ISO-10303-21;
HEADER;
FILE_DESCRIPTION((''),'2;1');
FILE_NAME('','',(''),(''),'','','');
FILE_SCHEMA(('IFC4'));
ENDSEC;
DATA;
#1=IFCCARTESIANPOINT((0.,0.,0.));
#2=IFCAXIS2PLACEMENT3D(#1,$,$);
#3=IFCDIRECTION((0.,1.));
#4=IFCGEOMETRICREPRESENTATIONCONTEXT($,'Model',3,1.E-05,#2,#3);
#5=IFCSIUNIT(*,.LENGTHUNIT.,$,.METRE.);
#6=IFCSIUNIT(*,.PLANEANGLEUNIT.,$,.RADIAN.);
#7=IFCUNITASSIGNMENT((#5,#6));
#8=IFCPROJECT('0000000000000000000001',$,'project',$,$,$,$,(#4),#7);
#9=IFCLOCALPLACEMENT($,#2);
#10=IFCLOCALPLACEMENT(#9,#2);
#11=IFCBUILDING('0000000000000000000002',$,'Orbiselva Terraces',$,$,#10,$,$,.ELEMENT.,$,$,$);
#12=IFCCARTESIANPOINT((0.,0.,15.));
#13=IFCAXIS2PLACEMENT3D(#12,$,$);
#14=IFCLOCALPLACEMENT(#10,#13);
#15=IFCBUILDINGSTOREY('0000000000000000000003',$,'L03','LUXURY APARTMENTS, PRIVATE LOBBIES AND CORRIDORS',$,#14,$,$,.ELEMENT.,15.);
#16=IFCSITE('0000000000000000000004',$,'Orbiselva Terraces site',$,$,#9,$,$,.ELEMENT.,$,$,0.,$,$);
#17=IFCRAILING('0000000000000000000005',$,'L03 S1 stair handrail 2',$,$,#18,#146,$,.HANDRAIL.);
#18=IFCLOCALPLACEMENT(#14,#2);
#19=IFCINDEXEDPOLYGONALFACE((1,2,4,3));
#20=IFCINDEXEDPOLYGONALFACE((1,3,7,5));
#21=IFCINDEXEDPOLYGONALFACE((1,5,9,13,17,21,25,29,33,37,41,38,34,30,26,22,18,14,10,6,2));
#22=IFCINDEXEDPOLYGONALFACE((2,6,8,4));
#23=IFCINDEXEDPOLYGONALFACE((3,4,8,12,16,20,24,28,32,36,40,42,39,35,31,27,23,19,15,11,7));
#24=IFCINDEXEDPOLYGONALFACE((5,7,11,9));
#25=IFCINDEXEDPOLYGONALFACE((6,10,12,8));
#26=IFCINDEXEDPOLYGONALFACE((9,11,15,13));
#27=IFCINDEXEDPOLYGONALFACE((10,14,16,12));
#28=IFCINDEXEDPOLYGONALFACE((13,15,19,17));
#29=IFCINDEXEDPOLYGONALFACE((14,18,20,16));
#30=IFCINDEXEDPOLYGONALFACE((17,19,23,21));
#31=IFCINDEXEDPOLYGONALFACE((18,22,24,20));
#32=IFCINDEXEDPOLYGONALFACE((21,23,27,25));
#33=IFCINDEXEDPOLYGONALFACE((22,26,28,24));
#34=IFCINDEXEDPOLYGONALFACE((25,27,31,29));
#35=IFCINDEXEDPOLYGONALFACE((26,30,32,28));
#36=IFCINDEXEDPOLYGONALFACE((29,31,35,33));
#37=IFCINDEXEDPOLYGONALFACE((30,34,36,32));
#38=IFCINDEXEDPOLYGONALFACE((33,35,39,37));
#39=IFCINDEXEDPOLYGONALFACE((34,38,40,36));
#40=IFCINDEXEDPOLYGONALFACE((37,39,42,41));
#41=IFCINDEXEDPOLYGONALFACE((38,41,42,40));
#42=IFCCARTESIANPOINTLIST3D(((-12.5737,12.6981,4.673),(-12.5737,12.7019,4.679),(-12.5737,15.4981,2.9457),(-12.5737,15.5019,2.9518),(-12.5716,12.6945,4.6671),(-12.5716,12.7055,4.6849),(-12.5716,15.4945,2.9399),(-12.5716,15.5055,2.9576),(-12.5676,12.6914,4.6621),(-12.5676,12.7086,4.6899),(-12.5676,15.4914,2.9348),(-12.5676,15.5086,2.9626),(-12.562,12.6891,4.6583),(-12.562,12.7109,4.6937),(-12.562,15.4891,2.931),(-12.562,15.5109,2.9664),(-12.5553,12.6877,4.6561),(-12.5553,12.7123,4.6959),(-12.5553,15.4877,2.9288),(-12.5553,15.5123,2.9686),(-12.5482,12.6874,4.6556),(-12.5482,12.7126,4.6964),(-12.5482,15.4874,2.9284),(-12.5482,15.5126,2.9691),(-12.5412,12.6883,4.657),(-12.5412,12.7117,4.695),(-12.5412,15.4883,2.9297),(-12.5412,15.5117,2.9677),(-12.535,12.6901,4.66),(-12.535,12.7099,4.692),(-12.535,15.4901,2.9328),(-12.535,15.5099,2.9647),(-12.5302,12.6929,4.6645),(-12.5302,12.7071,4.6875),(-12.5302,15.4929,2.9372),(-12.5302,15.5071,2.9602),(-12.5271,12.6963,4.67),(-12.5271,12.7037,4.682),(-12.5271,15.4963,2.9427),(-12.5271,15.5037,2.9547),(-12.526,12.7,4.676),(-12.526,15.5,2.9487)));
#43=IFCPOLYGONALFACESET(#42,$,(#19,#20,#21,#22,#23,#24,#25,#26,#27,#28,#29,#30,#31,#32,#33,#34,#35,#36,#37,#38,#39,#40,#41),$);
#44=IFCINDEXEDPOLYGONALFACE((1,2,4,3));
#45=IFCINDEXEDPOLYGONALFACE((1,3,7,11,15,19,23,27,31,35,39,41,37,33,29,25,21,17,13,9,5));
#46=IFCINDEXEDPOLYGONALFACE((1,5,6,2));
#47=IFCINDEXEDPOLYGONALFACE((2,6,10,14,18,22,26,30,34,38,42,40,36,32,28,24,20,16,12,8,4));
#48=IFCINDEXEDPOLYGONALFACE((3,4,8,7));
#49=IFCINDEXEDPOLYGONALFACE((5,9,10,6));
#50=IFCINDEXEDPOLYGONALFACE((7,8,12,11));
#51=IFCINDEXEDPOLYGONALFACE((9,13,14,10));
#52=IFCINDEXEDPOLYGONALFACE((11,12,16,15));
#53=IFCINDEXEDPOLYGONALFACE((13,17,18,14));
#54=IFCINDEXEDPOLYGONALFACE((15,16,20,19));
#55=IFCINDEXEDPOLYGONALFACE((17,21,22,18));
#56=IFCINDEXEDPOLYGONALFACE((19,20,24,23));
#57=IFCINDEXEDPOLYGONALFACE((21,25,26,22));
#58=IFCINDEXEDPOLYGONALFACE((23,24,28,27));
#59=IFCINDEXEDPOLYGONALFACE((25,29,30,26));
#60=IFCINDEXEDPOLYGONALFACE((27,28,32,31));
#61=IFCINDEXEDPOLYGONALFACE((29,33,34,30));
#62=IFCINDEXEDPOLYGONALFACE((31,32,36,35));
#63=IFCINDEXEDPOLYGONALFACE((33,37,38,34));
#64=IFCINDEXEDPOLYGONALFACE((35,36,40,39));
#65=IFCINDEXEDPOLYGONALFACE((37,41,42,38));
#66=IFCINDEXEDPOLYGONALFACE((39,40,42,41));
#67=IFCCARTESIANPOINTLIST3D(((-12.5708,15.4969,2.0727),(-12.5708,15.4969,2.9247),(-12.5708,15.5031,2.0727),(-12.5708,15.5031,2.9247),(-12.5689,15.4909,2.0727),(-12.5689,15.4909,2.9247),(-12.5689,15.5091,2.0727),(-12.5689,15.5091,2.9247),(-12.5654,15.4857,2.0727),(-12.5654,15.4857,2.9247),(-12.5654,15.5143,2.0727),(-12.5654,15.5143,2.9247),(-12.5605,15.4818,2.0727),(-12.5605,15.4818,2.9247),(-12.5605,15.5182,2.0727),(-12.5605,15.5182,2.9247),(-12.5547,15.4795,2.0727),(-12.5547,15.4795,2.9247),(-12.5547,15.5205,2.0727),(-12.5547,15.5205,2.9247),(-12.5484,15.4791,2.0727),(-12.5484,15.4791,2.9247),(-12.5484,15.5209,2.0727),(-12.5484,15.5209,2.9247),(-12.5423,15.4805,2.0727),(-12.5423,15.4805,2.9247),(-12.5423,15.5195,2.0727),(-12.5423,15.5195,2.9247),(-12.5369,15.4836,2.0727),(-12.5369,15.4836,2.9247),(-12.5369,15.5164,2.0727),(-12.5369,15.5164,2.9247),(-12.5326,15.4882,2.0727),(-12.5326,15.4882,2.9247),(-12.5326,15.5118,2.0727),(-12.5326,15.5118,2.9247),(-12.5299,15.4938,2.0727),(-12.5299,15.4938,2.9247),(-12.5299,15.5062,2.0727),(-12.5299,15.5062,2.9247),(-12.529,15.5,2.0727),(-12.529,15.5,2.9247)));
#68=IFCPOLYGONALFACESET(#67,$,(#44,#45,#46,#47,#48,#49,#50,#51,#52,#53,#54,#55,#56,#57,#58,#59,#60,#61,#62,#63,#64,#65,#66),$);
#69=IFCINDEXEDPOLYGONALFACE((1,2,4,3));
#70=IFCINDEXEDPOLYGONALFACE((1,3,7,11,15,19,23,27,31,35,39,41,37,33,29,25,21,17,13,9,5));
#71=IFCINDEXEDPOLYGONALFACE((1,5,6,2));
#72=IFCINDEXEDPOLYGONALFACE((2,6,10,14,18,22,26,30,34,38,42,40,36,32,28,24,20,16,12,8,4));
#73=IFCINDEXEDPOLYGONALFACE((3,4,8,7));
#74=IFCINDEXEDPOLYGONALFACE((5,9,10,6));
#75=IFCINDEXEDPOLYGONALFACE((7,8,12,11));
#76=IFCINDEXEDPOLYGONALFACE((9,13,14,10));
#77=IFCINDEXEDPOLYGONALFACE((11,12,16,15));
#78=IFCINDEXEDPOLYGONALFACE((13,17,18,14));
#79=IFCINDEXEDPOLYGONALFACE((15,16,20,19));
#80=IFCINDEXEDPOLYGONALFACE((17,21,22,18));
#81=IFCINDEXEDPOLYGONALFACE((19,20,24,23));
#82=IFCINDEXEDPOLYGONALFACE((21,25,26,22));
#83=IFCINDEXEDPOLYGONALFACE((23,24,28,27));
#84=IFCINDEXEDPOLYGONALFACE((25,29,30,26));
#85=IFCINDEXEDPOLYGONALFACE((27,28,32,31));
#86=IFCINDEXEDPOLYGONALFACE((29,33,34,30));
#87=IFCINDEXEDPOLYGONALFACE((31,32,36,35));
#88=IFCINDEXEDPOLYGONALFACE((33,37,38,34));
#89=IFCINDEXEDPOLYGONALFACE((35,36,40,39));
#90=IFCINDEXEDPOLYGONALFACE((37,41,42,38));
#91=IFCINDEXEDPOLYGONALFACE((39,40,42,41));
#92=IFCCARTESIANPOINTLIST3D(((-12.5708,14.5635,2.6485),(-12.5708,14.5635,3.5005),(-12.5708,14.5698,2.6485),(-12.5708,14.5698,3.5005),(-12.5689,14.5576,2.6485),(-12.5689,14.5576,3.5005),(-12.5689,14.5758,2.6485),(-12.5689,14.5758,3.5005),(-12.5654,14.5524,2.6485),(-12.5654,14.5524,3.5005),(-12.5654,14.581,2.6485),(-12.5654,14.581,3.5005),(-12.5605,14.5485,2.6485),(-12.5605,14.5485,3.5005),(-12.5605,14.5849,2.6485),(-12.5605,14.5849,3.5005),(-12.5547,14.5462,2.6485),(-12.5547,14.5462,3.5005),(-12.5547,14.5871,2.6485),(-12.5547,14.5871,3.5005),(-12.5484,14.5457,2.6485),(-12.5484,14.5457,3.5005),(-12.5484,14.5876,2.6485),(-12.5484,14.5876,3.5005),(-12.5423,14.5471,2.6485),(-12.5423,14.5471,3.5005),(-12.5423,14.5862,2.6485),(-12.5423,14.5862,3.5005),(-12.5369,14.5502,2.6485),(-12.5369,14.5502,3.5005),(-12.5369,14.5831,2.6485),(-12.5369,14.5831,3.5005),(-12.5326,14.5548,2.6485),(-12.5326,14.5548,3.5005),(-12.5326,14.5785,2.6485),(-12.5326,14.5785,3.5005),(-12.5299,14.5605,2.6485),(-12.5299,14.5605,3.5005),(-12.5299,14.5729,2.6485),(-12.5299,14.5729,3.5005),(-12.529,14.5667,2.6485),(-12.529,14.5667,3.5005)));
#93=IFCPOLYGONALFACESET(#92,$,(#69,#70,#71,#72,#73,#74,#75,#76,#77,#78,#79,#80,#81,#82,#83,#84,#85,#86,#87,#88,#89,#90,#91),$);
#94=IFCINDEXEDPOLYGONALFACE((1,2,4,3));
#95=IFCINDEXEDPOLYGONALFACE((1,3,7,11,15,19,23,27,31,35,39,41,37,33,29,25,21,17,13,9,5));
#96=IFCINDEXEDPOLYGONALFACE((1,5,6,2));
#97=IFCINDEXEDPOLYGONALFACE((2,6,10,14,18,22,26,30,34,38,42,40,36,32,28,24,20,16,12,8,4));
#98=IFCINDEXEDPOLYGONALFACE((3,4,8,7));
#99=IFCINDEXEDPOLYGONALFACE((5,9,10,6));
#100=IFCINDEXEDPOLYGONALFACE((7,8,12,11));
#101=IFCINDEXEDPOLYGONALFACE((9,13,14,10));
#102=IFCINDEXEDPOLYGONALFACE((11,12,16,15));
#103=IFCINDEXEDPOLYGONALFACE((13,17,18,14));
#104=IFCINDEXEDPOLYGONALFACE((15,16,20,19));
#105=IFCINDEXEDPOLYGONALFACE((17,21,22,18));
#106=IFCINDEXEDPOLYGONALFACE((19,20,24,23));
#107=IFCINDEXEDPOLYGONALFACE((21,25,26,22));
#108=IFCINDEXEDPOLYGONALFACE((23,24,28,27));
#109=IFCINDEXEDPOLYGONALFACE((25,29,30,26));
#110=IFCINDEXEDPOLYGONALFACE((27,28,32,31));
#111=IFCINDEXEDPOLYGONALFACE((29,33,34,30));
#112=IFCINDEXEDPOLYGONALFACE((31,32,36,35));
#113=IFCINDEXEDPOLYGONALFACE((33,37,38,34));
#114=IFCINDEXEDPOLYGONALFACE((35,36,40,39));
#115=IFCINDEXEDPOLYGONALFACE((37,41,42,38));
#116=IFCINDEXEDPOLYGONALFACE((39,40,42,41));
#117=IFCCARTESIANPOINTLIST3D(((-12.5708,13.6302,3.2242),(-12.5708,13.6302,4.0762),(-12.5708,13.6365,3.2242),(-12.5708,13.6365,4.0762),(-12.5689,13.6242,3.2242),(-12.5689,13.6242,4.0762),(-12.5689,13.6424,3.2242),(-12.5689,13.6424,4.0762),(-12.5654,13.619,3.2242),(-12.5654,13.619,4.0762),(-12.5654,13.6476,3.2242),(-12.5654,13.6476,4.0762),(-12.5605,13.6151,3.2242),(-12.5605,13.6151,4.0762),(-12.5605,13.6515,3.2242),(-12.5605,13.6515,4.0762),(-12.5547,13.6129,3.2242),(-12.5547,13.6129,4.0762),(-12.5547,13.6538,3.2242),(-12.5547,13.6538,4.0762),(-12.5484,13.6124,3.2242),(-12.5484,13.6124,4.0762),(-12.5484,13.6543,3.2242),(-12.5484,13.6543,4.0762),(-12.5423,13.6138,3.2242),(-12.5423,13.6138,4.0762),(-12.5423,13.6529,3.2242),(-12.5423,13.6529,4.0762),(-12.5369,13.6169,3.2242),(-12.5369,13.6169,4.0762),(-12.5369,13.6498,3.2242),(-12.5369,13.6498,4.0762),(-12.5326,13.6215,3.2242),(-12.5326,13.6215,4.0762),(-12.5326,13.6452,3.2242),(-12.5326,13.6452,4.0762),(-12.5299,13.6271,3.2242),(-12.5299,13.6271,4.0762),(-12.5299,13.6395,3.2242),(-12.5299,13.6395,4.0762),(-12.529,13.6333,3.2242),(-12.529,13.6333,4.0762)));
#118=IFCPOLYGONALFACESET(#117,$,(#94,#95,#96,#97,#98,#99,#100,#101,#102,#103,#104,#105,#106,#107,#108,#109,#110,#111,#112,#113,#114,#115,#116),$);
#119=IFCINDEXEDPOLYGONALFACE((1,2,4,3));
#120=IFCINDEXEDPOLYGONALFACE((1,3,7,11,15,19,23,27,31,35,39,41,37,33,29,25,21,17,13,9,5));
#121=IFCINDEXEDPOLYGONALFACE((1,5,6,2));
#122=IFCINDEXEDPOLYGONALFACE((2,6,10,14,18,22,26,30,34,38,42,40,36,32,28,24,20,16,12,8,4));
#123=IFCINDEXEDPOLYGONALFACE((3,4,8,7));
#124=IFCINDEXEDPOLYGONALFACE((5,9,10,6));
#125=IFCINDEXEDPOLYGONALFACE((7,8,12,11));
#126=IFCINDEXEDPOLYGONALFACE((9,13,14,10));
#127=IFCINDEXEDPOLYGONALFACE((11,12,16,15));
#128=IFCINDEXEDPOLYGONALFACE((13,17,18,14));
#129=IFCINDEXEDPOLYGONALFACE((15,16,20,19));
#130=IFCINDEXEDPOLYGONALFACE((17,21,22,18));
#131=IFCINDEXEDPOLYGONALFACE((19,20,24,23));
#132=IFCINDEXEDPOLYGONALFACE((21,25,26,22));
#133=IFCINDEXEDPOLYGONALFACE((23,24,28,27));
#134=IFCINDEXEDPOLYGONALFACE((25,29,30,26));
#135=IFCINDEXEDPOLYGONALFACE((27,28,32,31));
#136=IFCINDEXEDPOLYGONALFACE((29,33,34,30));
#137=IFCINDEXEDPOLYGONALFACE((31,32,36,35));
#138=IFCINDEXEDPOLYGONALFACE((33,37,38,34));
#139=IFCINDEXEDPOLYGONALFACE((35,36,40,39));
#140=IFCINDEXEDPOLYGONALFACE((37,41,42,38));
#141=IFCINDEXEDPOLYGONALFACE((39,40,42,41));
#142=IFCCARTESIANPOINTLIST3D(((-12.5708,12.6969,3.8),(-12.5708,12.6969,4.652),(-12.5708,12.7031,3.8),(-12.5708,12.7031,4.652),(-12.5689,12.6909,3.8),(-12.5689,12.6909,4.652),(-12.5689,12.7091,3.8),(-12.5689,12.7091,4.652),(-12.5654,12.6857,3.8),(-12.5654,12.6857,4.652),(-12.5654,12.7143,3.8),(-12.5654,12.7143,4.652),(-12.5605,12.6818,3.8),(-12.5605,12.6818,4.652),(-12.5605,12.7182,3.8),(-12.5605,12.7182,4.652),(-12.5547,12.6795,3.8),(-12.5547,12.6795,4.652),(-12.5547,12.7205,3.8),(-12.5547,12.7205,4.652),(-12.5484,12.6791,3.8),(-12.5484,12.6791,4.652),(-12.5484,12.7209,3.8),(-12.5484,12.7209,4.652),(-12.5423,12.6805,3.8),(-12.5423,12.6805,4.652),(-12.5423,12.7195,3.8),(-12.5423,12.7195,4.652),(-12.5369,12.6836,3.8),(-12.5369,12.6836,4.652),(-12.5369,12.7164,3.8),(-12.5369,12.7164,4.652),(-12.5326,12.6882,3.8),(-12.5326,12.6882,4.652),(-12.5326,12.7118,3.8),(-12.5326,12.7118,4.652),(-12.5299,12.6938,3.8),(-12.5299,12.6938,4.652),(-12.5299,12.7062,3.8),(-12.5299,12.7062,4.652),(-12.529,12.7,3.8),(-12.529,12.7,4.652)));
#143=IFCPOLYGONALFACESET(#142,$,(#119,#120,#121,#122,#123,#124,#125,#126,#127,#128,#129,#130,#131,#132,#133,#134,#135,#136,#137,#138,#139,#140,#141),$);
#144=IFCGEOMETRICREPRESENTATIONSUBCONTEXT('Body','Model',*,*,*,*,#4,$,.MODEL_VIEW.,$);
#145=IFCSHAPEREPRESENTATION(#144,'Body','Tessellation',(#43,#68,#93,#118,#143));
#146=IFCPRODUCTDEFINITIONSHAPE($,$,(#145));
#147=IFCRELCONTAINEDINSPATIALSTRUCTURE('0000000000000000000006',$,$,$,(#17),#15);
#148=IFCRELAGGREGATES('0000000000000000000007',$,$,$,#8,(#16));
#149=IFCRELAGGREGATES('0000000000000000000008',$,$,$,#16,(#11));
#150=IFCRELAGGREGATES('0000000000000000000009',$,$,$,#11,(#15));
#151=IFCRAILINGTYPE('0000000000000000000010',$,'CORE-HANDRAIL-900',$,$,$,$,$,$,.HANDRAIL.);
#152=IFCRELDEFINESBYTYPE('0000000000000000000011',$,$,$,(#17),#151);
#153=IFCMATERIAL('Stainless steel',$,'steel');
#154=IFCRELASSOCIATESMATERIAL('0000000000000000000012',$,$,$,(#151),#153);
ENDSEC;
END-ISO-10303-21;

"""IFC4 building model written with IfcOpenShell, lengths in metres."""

from ifc_helpers import new_model, si_unit, direction, frame, origin, origin_2d, place, context, subcontext, project, spatial, circle, extrude, material, type_object, element, save


model = new_model("IFC4")

# Units and contexts
model_context = context("Model", 3, precision=1e-05, world=origin(), true_north=direction((0.0, 1.0)))
body_context = subcontext(model_context, "Body", "Model", "MODEL_VIEW")
ifc_project = project(units=[si_unit("LENGTHUNIT", "METRE"), si_unit("PLANEANGLEUNIT", "RADIAN")], contexts=[model_context])

# Site, building, storey
site_placement = place(None, origin())
site = spatial("IfcSite", under=ifc_project, at=site_placement, Name="Orbiselva Terraces site", CompositionType="ELEMENT", RefElevation=0.0)
building_placement = place(site_placement, origin())
building = spatial("IfcBuilding", under=site, at=building_placement, Name="Orbiselva Terraces", CompositionType="ELEMENT")
storey_placement = place(building_placement, frame((0.0, 0.0, 15.0)))
storey = spatial("IfcBuildingStorey", under=building, at=storey_placement, Name="L03", Description="LUXURY APARTMENTS, PRIVATE LOBBIES AND CORRIDORS", CompositionType="ELEMENT", Elevation=15.0)

# Railing
ifc_material_1 = material(Name="Stainless steel", Category="steel")
railing_type = type_object("IfcRailingType", Name="CORE-HANDRAIL-900", PredefinedType="HANDRAIL", material=ifc_material_1)
railing_placement = place(storey_placement, frame((-12.55, 15.5, 2.0727)))
element("IfcRailing", 1, at=railing_placement, inside=storey, type_object=railing_type, Name="L03 S1 stair handrail 2", PredefinedType="HANDRAIL", context=body_context, shape_type="SweptSolid", body=[
    extrude(circle(Radius=0.024, at=origin_2d()), frame((0.0, 0.0, 0.876), z_axis=(0.0, -0.851089, 0.525022), x_axis=(1.0, 0.0, 0.0)), (0.0, 0.0, 1.0), 3.2899),
    extrude(circle(Radius=0.021, at=origin_2d()), origin(), (0.0, 0.0, 1.0), 0.852),
    extrude(circle(Radius=0.021, at=origin_2d()), frame((0.0, -0.9333, 0.5758)), (0.0, 0.0, 1.0), 0.852),
    extrude(circle(Radius=0.021, at=origin_2d()), frame((0.0, -1.8667, 1.1515)), (0.0, 0.0, 1.0), 0.852),
    extrude(circle(Radius=0.021, at=origin_2d()), frame((0.0, -2.8, 1.7273)), (0.0, 0.0, 1.0), 0.852),
])

save(model, "model.ifc")
